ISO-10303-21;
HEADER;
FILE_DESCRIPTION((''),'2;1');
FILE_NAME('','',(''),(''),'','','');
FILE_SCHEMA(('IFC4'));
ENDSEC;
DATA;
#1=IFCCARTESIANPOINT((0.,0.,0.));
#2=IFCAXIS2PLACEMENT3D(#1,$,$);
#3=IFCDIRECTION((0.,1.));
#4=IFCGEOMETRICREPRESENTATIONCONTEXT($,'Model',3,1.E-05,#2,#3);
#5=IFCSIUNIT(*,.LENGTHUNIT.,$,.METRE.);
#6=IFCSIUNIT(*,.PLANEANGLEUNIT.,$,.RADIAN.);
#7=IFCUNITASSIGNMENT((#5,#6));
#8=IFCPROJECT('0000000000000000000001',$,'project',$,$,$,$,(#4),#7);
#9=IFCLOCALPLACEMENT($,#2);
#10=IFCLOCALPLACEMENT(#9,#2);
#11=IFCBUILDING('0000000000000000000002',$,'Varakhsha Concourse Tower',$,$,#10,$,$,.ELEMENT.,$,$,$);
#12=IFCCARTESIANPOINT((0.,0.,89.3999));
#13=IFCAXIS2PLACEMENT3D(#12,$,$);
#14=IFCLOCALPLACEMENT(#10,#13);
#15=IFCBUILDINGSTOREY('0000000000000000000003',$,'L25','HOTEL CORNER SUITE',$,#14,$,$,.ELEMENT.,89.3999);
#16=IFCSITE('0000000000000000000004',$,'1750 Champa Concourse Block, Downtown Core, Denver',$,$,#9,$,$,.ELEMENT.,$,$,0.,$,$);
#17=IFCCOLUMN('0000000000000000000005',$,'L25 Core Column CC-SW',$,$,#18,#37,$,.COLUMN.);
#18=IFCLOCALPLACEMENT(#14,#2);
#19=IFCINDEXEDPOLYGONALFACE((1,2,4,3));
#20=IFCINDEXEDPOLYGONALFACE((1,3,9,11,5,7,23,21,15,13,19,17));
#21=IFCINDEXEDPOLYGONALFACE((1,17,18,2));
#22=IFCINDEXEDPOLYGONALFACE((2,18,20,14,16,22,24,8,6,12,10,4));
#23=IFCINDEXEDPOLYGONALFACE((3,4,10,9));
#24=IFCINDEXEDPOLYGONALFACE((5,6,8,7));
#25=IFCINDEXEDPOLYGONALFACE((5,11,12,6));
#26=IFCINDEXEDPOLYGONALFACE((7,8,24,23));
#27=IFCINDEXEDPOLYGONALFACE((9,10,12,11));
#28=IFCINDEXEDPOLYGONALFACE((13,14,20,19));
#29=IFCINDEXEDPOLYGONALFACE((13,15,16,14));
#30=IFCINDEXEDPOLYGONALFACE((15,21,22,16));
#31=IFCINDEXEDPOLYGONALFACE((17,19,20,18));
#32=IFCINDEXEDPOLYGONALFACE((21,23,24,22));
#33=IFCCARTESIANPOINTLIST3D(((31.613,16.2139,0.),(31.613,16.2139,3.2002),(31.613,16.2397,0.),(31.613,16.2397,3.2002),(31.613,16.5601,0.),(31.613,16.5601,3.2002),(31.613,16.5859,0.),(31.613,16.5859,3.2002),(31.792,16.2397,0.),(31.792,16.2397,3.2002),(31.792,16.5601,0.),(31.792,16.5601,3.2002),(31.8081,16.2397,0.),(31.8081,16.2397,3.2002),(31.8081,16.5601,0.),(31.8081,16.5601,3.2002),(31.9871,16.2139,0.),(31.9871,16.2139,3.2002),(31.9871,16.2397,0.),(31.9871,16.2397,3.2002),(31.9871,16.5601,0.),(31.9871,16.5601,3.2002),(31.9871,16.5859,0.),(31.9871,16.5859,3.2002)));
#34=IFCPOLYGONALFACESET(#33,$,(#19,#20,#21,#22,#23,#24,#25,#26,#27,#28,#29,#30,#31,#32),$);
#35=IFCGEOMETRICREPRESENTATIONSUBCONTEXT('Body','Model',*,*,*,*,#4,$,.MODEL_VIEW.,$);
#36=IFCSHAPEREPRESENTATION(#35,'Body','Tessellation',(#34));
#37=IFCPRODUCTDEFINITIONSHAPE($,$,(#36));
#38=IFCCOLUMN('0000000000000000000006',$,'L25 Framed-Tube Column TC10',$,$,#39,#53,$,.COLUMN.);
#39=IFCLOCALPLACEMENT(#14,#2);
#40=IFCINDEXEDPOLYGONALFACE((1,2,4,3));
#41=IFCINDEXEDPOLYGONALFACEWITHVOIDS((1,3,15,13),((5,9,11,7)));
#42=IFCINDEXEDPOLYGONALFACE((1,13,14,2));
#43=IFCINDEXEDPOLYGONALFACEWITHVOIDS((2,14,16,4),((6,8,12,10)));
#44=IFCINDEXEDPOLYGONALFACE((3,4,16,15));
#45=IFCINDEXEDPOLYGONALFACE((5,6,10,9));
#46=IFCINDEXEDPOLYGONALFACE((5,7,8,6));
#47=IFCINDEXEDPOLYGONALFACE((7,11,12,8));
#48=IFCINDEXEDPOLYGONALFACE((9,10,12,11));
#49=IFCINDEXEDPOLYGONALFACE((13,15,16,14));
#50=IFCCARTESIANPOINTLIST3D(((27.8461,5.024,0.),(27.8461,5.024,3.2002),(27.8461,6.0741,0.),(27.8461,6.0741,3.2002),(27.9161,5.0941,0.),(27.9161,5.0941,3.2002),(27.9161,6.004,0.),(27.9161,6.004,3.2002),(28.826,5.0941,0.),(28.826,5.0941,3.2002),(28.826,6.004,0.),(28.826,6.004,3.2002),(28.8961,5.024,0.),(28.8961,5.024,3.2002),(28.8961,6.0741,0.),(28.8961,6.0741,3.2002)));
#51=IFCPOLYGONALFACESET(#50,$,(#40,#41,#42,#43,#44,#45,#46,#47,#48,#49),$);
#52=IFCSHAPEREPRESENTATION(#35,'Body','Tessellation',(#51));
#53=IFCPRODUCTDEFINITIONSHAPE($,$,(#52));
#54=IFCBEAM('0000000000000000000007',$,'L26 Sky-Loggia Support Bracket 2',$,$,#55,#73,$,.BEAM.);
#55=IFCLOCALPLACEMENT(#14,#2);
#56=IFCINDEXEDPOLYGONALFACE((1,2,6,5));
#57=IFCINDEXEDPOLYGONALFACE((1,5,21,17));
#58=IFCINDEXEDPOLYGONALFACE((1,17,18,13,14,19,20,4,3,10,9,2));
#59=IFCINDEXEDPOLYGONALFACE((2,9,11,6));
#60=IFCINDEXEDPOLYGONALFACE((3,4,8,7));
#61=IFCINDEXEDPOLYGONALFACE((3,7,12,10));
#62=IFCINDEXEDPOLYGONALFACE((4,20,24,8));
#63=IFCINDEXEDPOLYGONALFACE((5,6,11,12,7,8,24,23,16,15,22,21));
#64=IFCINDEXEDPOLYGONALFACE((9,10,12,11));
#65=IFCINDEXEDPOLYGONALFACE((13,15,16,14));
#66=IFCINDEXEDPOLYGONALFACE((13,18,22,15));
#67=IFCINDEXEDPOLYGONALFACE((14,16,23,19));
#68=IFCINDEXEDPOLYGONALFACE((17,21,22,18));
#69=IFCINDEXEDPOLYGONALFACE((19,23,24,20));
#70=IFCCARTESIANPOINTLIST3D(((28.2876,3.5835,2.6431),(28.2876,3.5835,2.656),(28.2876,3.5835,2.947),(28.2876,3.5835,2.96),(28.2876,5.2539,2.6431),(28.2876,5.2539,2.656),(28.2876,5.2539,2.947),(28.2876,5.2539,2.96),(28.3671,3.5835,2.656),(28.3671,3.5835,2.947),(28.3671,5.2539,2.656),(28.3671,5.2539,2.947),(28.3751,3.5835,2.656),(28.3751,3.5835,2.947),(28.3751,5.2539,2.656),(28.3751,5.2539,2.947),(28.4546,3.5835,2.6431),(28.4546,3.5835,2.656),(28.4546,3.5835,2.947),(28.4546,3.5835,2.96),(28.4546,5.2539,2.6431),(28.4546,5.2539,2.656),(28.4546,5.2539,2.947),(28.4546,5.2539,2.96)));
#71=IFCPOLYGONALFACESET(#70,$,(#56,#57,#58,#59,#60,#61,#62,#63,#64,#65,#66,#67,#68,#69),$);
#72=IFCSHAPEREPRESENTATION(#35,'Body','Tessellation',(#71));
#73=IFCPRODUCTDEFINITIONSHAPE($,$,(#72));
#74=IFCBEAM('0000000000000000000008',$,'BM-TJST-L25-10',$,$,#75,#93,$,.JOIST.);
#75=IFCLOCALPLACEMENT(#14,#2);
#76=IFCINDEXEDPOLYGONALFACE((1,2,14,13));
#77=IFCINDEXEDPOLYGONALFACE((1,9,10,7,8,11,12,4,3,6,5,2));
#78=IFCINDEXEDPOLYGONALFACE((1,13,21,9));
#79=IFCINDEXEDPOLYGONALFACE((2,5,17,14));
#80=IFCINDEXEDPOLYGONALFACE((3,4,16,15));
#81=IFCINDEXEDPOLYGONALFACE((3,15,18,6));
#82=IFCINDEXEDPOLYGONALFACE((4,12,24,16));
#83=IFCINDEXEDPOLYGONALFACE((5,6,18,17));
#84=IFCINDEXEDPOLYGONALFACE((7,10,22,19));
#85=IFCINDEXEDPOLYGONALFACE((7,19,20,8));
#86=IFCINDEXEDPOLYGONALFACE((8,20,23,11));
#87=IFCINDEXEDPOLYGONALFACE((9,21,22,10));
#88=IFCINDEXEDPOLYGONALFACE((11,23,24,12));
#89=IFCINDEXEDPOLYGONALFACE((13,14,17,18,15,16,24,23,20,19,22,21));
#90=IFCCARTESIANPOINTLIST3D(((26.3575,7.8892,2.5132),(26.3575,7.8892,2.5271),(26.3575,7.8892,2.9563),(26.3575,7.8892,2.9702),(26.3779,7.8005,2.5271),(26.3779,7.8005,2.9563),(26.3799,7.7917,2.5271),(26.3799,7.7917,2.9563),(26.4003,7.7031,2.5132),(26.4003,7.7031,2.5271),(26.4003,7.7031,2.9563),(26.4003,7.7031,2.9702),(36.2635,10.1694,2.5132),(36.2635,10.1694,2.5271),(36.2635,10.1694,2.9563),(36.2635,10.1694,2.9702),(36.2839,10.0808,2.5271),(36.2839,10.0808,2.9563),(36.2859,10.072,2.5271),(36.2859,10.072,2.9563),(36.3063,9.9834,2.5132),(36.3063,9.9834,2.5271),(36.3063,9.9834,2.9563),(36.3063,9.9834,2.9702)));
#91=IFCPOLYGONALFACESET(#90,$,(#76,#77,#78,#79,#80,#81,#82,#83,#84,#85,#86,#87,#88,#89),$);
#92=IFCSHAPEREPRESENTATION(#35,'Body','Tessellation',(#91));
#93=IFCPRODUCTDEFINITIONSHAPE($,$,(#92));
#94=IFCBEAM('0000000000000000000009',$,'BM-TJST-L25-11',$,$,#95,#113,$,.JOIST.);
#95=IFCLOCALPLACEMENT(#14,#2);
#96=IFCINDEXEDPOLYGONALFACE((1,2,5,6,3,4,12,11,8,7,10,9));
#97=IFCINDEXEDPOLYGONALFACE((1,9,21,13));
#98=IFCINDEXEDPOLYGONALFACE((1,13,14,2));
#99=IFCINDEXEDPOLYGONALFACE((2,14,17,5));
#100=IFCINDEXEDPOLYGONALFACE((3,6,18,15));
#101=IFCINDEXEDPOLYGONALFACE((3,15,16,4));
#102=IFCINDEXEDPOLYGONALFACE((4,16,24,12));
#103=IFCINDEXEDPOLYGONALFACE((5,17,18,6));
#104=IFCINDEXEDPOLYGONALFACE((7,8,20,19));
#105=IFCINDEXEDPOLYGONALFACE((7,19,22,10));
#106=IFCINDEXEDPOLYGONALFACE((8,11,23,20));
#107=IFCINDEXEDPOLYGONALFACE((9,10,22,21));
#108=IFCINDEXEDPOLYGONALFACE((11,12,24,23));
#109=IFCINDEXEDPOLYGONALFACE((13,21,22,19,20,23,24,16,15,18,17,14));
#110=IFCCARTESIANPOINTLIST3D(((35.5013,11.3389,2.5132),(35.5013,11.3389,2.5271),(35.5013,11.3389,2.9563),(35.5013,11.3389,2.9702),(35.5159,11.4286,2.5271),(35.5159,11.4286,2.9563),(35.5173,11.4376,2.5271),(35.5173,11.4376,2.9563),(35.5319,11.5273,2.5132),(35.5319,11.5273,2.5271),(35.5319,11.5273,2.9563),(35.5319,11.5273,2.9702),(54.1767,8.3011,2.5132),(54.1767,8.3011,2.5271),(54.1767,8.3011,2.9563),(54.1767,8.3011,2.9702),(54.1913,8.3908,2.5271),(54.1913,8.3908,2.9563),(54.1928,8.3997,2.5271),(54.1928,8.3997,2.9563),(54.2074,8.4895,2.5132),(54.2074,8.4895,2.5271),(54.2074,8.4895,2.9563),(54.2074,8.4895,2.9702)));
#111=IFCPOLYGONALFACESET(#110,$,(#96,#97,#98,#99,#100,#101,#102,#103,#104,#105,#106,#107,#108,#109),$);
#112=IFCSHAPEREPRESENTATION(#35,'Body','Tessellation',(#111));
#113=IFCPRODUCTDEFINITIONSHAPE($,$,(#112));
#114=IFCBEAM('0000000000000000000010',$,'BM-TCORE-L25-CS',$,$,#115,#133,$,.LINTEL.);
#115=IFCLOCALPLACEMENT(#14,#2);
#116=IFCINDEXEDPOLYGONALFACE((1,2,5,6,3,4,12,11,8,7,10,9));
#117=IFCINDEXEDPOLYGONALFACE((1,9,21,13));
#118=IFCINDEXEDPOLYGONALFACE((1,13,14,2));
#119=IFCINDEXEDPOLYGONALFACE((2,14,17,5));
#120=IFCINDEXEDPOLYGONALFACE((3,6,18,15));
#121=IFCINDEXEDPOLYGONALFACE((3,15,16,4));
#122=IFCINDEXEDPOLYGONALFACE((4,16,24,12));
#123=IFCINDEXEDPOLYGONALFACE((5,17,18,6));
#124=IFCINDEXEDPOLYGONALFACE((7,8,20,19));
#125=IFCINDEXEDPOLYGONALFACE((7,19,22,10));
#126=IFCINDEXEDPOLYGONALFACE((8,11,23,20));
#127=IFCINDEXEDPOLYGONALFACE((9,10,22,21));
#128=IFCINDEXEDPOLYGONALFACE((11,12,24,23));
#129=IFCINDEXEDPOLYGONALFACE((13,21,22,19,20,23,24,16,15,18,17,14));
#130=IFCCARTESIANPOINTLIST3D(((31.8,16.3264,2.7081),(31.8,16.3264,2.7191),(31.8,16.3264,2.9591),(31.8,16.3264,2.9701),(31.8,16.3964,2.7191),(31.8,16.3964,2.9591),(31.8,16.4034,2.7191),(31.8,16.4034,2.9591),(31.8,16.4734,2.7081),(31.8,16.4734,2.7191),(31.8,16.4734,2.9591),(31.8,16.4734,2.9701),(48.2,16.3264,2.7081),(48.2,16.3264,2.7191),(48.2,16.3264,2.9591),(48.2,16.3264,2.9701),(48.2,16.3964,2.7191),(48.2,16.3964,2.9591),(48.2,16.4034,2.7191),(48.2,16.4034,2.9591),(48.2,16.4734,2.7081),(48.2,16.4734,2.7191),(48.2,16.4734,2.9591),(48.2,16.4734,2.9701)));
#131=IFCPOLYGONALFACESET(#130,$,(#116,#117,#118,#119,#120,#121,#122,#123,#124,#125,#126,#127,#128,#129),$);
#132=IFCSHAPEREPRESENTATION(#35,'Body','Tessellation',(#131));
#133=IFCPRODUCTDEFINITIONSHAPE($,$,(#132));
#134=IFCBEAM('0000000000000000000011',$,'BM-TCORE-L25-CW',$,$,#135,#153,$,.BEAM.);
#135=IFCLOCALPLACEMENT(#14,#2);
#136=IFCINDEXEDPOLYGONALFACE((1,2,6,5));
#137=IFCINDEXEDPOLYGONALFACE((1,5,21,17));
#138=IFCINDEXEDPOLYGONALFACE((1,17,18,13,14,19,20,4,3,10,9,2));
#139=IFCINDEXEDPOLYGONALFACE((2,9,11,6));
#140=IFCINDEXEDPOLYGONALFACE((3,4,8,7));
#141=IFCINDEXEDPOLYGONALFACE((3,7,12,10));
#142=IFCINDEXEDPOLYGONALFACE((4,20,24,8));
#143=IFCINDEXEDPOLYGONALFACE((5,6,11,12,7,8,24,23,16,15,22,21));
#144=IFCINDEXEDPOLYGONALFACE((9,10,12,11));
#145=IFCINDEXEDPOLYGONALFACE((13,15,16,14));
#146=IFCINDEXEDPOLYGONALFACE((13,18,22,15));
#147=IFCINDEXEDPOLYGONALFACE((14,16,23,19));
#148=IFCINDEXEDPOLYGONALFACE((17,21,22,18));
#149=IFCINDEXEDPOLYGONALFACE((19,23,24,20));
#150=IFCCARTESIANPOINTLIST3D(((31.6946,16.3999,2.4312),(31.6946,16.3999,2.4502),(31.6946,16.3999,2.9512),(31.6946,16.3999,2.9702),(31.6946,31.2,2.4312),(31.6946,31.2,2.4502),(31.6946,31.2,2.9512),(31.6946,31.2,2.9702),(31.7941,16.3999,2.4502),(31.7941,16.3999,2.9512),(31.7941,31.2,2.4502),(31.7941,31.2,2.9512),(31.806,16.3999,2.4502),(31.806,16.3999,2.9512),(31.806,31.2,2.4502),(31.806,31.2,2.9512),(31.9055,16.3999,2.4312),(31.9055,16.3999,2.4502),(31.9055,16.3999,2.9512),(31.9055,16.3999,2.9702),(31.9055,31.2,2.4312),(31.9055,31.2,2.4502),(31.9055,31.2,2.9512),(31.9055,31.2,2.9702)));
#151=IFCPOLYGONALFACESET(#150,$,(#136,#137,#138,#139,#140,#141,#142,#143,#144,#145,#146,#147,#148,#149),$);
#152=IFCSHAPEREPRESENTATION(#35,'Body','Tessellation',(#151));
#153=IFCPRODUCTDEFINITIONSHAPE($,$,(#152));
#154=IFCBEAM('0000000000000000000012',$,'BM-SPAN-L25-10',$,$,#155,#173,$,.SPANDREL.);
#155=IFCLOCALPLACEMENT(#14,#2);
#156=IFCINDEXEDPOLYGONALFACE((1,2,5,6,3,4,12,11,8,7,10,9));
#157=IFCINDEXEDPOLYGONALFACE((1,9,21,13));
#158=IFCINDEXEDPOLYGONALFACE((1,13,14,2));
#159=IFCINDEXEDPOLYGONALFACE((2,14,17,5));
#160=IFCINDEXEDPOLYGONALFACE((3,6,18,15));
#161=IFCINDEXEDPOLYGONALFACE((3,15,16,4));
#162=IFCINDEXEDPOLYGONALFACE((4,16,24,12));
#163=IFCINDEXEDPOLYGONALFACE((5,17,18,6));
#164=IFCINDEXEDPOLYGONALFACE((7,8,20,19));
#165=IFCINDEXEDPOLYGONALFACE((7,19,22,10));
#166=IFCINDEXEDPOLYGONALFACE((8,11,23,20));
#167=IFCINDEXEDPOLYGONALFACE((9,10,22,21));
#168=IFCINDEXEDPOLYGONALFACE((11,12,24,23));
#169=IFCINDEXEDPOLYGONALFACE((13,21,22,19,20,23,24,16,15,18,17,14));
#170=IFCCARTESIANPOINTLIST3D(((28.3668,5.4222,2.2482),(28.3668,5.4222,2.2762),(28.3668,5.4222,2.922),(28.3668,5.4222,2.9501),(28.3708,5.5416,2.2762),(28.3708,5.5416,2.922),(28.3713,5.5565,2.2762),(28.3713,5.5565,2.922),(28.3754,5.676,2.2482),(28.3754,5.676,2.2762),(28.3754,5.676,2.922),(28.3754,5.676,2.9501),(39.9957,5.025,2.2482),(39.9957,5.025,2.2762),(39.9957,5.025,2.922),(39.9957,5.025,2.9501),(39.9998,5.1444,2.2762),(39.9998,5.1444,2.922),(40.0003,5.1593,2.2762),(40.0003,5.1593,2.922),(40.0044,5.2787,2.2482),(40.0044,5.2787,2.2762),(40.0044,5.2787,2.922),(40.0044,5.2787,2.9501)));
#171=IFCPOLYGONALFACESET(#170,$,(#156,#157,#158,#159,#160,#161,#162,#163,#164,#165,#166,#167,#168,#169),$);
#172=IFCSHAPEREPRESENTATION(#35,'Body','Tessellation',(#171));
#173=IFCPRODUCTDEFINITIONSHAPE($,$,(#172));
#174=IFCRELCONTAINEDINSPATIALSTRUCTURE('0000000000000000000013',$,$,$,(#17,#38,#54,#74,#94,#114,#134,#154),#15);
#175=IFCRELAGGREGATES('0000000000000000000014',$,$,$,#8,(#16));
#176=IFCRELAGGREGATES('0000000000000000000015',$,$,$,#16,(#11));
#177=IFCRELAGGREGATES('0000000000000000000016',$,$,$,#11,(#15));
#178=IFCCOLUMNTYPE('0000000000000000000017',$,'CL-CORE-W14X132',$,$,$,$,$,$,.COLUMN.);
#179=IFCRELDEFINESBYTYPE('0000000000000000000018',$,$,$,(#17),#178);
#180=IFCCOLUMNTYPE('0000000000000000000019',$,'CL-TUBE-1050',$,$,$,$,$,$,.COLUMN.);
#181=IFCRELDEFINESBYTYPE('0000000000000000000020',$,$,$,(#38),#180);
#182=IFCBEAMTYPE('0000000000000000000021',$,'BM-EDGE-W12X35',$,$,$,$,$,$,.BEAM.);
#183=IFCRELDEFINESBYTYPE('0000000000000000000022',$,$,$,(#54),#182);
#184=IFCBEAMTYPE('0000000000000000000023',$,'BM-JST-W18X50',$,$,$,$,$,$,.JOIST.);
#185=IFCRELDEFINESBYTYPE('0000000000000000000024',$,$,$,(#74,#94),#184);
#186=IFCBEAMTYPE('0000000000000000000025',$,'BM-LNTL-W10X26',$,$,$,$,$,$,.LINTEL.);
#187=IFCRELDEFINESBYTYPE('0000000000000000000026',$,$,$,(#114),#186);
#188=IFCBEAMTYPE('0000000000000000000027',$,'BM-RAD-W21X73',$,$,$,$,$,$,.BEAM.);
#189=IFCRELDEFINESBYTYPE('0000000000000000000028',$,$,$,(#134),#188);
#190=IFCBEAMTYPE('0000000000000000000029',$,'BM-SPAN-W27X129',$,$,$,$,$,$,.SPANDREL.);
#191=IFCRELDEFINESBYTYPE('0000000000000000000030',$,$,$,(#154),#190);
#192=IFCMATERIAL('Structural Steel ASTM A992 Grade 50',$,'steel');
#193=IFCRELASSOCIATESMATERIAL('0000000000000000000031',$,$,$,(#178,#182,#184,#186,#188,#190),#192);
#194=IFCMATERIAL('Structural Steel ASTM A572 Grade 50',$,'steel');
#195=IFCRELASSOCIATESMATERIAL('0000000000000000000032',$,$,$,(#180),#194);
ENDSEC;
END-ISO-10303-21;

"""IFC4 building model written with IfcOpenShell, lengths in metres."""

from ifc_helpers import new_model, si_unit, direction, frame, origin, origin_2d, place, context, subcontext, project, spatial, hollow_rectangle, i_section, extrude, material, material_profile, profile_set, type_object, element, save


model = new_model("IFC4")

# Units and contexts
model_context = context("Model", 3, precision=1e-05, world=origin(), true_north=direction((0.0, 1.0)))
body_context = subcontext(model_context, "Body", "Model", "MODEL_VIEW")
ifc_project = project(units=[si_unit("LENGTHUNIT", "METRE"), si_unit("PLANEANGLEUNIT", "RADIAN")], contexts=[model_context])

# Site, building, storey
site_placement = place(None, origin())
site = spatial("IfcSite", under=ifc_project, at=site_placement, Name="1750 Champa Concourse Block, Downtown Core, Denver", CompositionType="ELEMENT", RefElevation=0.0)
building_placement = place(site_placement, origin())
building = spatial("IfcBuilding", under=site, at=building_placement, Name="Varakhsha Concourse Tower", CompositionType="ELEMENT")
storey_placement = place(building_placement, frame((0.0, 0.0, 89.3999)))
storey = spatial("IfcBuildingStorey", under=building, at=storey_placement, Name="L25", Description="HOTEL CORNER SUITE", CompositionType="ELEMENT", Elevation=89.3999)

# Columns
ifc_material_1 = material(Name="Structural Steel ASTM A992 Grade 50", Category="steel")
ifc_material_profile_1 = material_profile(ifc_material_1, i_section(OverallWidth=0.374, OverallDepth=0.3721, WebThickness=0.0161, FlangeThickness=0.0259, at=origin_2d()), Name="W14X132")
ifc_profile_set_1 = profile_set([ifc_material_profile_1], Name="Structural Steel ASTM A992 Grade 50")
column_type_1 = type_object("IfcColumnType", Name="CL-CORE-W14X132", PredefinedType="COLUMN", material=ifc_profile_set_1)
column_1_placement = place(storey_placement, frame((31.8, 16.3999, 0.0), z_axis=(0.0, 0.0, 1.0), x_axis=(1.0, 0.0, 0.0)))
element("IfcColumn", 1, at=column_1_placement, inside=storey, type_object=column_type_1, Name="L25 Core Column CC-SW", PredefinedType="COLUMN", context=body_context, shape_type="SweptSolid", body=[
    extrude(i_section(OverallWidth=0.374, OverallDepth=0.3721, WebThickness=0.0161, FlangeThickness=0.0259, at=origin_2d()), origin(), (0.0, 0.0, 1.0), 3.2002),
])
ifc_material_2 = material(Name="Structural Steel ASTM A572 Grade 50", Category="steel")
ifc_material_profile_2 = material_profile(ifc_material_2, hollow_rectangle(XDim=1.05, YDim=1.05, WallThickness=0.0701, at=origin_2d()), Name="BOX 1050x1050x70")
ifc_profile_set_2 = profile_set([ifc_material_profile_2], Name="Structural Steel ASTM A572 Grade 50")
column_type_2 = type_object("IfcColumnType", Name="CL-TUBE-1050", PredefinedType="COLUMN", material=ifc_profile_set_2)
column_2_placement = place(storey_placement, frame((28.3711, 5.5491, 0.0), z_axis=(0.0, 0.0, 1.0), x_axis=(1.0, 0.0, 0.0)))
element("IfcColumn", 2, at=column_2_placement, inside=storey, type_object=column_type_2, Name="L25 Framed-Tube Column TC10", PredefinedType="COLUMN", context=body_context, shape_type="SweptSolid", body=[
    extrude(hollow_rectangle(XDim=1.05, YDim=1.05, WallThickness=0.0701, at=origin_2d()), origin(), (0.0, 0.0, 1.0), 3.2002),
])

# Beams
ifc_material_profile_3 = material_profile(ifc_material_1, i_section(OverallWidth=0.167, OverallDepth=0.3169, WebThickness=0.0081, FlangeThickness=0.0129, at=origin_2d()), Name="W12X35")
ifc_profile_set_3 = profile_set([ifc_material_profile_3], Name="Structural Steel ASTM A992 Grade 50")
beam_type_1 = type_object("IfcBeamType", Name="BM-EDGE-W12X35", PredefinedType="BEAM", material=ifc_profile_set_3)
beam_1_placement = place(storey_placement, frame((28.3711, 5.2539, 2.8015), z_axis=(0.0, -1.0, 0.0), x_axis=(1.0, 0.0, 0.0)))
element("IfcBeam", 3, at=beam_1_placement, inside=storey, type_object=beam_type_1, Name="L26 Sky-Loggia Support Bracket 2", PredefinedType="BEAM", context=body_context, shape_type="SweptSolid", body=[
    extrude(i_section(OverallWidth=0.167, OverallDepth=0.3169, WebThickness=0.0081, FlangeThickness=0.0129, at=origin_2d()), origin(), (0.0, 0.0, 1.0), 1.6704),
])
ifc_material_profile_4 = material_profile(ifc_material_1, i_section(OverallWidth=0.1909, OverallDepth=0.457, WebThickness=0.009, FlangeThickness=0.0139, at=origin_2d()), Name="W18X50")
ifc_profile_set_4 = profile_set([ifc_material_profile_4], Name="Structural Steel ASTM A992 Grade 50")
beam_type_2 = type_object("IfcBeamType", Name="BM-JST-W18X50", PredefinedType="JOIST", material=ifc_profile_set_4)
beam_2_placement = place(storey_placement, frame((26.3789, 7.7961, 2.7417), z_axis=(0.974515, 0.224324, 0.0), x_axis=(-0.224324, 0.974515, 0.0)))
element("IfcBeam", 4, at=beam_2_placement, inside=storey, type_object=beam_type_2, Name="BM-TJST-L25-10", PredefinedType="JOIST", context=body_context, shape_type="SweptSolid", body=[
    extrude(i_section(OverallWidth=0.1909, OverallDepth=0.457, WebThickness=0.009, FlangeThickness=0.0139, at=origin_2d()), origin(), (0.0, 0.0, 1.0), 10.165),
])
beam_3_placement = place(storey_placement, frame((35.5166, 11.4331, 2.7417), z_axis=(0.987027, -0.160554, 0.0), x_axis=(0.160554, 0.987027, 0.0)))
element("IfcBeam", 5, at=beam_3_placement, inside=storey, type_object=beam_type_2, Name="BM-TJST-L25-11", PredefinedType="JOIST", context=body_context, shape_type="SweptSolid", body=[
    extrude(i_section(OverallWidth=0.1909, OverallDepth=0.457, WebThickness=0.009, FlangeThickness=0.0139, at=origin_2d()), origin(), (0.0, 0.0, 1.0), 18.9209),
])
ifc_material_profile_5 = material_profile(ifc_material_1, i_section(OverallWidth=0.147, OverallDepth=0.262, WebThickness=0.0071, FlangeThickness=0.011, at=origin_2d()), Name="W10X26")
ifc_profile_set_5 = profile_set([ifc_material_profile_5], Name="Structural Steel ASTM A992 Grade 50")
beam_type_3 = type_object("IfcBeamType", Name="BM-LNTL-W10X26", PredefinedType="LINTEL", material=ifc_profile_set_5)
beam_4_placement = place(storey_placement, frame((31.8, 16.3999, 2.8391), z_axis=(1.0, 0.0, 0.0), x_axis=(0.0, 1.0, 0.0)))
element("IfcBeam", 6, at=beam_4_placement, inside=storey, type_object=beam_type_3, Name="BM-TCORE-L25-CS", PredefinedType="LINTEL", context=body_context, shape_type="SweptSolid", body=[
    extrude(i_section(OverallWidth=0.147, OverallDepth=0.262, WebThickness=0.0071, FlangeThickness=0.011, at=origin_2d()), origin(), (0.0, 0.0, 1.0), 16.3999),
])
ifc_material_profile_6 = material_profile(ifc_material_1, i_section(OverallWidth=0.2109, OverallDepth=0.5391, WebThickness=0.012, FlangeThickness=0.019, at=origin_2d()), Name="W21X73")
ifc_profile_set_6 = profile_set([ifc_material_profile_6], Name="Structural Steel ASTM A992 Grade 50")
beam_type_4 = type_object("IfcBeamType", Name="BM-RAD-W21X73", PredefinedType="BEAM", material=ifc_profile_set_6)
beam_5_placement = place(storey_placement, frame((31.8, 16.3999, 2.7007), z_axis=(0.0, 1.0, 0.0), x_axis=(-1.0, 0.0, 0.0)))
element("IfcBeam", 7, at=beam_5_placement, inside=storey, type_object=beam_type_4, Name="BM-TCORE-L25-CW", PredefinedType="BEAM", context=body_context, shape_type="SweptSolid", body=[
    extrude(i_section(OverallWidth=0.2109, OverallDepth=0.5391, WebThickness=0.012, FlangeThickness=0.019, at=origin_2d()), origin(), (0.0, 0.0, 1.0), 14.8),
])
ifc_material_profile_7 = material_profile(ifc_material_1, i_section(OverallWidth=0.2539, OverallDepth=0.7019, WebThickness=0.0149, FlangeThickness=0.0281, at=origin_2d()), Name="W27X129")
ifc_profile_set_7 = profile_set([ifc_material_profile_7], Name="Structural Steel ASTM A992 Grade 50")
beam_type_5 = type_object("IfcBeamType", Name="BM-SPAN-W27X129", PredefinedType="SPANDREL", material=ifc_profile_set_7)
beam_6_placement = place(storey_placement, frame((28.3711, 5.5491, 2.5991), z_axis=(0.999417, -0.034138, 0.0), x_axis=(0.034138, 0.999417, 0.0)))
element("IfcBeam", 8, at=beam_6_placement, inside=storey, type_object=beam_type_5, Name="BM-SPAN-L25-10", PredefinedType="SPANDREL", context=body_context, shape_type="SweptSolid", body=[
    extrude(i_section(OverallWidth=0.2539, OverallDepth=0.7019, WebThickness=0.0149, FlangeThickness=0.0281, at=origin_2d()), origin(), (0.0, 0.0, 1.0), 11.6357),
])

save(model, "model.ifc")
